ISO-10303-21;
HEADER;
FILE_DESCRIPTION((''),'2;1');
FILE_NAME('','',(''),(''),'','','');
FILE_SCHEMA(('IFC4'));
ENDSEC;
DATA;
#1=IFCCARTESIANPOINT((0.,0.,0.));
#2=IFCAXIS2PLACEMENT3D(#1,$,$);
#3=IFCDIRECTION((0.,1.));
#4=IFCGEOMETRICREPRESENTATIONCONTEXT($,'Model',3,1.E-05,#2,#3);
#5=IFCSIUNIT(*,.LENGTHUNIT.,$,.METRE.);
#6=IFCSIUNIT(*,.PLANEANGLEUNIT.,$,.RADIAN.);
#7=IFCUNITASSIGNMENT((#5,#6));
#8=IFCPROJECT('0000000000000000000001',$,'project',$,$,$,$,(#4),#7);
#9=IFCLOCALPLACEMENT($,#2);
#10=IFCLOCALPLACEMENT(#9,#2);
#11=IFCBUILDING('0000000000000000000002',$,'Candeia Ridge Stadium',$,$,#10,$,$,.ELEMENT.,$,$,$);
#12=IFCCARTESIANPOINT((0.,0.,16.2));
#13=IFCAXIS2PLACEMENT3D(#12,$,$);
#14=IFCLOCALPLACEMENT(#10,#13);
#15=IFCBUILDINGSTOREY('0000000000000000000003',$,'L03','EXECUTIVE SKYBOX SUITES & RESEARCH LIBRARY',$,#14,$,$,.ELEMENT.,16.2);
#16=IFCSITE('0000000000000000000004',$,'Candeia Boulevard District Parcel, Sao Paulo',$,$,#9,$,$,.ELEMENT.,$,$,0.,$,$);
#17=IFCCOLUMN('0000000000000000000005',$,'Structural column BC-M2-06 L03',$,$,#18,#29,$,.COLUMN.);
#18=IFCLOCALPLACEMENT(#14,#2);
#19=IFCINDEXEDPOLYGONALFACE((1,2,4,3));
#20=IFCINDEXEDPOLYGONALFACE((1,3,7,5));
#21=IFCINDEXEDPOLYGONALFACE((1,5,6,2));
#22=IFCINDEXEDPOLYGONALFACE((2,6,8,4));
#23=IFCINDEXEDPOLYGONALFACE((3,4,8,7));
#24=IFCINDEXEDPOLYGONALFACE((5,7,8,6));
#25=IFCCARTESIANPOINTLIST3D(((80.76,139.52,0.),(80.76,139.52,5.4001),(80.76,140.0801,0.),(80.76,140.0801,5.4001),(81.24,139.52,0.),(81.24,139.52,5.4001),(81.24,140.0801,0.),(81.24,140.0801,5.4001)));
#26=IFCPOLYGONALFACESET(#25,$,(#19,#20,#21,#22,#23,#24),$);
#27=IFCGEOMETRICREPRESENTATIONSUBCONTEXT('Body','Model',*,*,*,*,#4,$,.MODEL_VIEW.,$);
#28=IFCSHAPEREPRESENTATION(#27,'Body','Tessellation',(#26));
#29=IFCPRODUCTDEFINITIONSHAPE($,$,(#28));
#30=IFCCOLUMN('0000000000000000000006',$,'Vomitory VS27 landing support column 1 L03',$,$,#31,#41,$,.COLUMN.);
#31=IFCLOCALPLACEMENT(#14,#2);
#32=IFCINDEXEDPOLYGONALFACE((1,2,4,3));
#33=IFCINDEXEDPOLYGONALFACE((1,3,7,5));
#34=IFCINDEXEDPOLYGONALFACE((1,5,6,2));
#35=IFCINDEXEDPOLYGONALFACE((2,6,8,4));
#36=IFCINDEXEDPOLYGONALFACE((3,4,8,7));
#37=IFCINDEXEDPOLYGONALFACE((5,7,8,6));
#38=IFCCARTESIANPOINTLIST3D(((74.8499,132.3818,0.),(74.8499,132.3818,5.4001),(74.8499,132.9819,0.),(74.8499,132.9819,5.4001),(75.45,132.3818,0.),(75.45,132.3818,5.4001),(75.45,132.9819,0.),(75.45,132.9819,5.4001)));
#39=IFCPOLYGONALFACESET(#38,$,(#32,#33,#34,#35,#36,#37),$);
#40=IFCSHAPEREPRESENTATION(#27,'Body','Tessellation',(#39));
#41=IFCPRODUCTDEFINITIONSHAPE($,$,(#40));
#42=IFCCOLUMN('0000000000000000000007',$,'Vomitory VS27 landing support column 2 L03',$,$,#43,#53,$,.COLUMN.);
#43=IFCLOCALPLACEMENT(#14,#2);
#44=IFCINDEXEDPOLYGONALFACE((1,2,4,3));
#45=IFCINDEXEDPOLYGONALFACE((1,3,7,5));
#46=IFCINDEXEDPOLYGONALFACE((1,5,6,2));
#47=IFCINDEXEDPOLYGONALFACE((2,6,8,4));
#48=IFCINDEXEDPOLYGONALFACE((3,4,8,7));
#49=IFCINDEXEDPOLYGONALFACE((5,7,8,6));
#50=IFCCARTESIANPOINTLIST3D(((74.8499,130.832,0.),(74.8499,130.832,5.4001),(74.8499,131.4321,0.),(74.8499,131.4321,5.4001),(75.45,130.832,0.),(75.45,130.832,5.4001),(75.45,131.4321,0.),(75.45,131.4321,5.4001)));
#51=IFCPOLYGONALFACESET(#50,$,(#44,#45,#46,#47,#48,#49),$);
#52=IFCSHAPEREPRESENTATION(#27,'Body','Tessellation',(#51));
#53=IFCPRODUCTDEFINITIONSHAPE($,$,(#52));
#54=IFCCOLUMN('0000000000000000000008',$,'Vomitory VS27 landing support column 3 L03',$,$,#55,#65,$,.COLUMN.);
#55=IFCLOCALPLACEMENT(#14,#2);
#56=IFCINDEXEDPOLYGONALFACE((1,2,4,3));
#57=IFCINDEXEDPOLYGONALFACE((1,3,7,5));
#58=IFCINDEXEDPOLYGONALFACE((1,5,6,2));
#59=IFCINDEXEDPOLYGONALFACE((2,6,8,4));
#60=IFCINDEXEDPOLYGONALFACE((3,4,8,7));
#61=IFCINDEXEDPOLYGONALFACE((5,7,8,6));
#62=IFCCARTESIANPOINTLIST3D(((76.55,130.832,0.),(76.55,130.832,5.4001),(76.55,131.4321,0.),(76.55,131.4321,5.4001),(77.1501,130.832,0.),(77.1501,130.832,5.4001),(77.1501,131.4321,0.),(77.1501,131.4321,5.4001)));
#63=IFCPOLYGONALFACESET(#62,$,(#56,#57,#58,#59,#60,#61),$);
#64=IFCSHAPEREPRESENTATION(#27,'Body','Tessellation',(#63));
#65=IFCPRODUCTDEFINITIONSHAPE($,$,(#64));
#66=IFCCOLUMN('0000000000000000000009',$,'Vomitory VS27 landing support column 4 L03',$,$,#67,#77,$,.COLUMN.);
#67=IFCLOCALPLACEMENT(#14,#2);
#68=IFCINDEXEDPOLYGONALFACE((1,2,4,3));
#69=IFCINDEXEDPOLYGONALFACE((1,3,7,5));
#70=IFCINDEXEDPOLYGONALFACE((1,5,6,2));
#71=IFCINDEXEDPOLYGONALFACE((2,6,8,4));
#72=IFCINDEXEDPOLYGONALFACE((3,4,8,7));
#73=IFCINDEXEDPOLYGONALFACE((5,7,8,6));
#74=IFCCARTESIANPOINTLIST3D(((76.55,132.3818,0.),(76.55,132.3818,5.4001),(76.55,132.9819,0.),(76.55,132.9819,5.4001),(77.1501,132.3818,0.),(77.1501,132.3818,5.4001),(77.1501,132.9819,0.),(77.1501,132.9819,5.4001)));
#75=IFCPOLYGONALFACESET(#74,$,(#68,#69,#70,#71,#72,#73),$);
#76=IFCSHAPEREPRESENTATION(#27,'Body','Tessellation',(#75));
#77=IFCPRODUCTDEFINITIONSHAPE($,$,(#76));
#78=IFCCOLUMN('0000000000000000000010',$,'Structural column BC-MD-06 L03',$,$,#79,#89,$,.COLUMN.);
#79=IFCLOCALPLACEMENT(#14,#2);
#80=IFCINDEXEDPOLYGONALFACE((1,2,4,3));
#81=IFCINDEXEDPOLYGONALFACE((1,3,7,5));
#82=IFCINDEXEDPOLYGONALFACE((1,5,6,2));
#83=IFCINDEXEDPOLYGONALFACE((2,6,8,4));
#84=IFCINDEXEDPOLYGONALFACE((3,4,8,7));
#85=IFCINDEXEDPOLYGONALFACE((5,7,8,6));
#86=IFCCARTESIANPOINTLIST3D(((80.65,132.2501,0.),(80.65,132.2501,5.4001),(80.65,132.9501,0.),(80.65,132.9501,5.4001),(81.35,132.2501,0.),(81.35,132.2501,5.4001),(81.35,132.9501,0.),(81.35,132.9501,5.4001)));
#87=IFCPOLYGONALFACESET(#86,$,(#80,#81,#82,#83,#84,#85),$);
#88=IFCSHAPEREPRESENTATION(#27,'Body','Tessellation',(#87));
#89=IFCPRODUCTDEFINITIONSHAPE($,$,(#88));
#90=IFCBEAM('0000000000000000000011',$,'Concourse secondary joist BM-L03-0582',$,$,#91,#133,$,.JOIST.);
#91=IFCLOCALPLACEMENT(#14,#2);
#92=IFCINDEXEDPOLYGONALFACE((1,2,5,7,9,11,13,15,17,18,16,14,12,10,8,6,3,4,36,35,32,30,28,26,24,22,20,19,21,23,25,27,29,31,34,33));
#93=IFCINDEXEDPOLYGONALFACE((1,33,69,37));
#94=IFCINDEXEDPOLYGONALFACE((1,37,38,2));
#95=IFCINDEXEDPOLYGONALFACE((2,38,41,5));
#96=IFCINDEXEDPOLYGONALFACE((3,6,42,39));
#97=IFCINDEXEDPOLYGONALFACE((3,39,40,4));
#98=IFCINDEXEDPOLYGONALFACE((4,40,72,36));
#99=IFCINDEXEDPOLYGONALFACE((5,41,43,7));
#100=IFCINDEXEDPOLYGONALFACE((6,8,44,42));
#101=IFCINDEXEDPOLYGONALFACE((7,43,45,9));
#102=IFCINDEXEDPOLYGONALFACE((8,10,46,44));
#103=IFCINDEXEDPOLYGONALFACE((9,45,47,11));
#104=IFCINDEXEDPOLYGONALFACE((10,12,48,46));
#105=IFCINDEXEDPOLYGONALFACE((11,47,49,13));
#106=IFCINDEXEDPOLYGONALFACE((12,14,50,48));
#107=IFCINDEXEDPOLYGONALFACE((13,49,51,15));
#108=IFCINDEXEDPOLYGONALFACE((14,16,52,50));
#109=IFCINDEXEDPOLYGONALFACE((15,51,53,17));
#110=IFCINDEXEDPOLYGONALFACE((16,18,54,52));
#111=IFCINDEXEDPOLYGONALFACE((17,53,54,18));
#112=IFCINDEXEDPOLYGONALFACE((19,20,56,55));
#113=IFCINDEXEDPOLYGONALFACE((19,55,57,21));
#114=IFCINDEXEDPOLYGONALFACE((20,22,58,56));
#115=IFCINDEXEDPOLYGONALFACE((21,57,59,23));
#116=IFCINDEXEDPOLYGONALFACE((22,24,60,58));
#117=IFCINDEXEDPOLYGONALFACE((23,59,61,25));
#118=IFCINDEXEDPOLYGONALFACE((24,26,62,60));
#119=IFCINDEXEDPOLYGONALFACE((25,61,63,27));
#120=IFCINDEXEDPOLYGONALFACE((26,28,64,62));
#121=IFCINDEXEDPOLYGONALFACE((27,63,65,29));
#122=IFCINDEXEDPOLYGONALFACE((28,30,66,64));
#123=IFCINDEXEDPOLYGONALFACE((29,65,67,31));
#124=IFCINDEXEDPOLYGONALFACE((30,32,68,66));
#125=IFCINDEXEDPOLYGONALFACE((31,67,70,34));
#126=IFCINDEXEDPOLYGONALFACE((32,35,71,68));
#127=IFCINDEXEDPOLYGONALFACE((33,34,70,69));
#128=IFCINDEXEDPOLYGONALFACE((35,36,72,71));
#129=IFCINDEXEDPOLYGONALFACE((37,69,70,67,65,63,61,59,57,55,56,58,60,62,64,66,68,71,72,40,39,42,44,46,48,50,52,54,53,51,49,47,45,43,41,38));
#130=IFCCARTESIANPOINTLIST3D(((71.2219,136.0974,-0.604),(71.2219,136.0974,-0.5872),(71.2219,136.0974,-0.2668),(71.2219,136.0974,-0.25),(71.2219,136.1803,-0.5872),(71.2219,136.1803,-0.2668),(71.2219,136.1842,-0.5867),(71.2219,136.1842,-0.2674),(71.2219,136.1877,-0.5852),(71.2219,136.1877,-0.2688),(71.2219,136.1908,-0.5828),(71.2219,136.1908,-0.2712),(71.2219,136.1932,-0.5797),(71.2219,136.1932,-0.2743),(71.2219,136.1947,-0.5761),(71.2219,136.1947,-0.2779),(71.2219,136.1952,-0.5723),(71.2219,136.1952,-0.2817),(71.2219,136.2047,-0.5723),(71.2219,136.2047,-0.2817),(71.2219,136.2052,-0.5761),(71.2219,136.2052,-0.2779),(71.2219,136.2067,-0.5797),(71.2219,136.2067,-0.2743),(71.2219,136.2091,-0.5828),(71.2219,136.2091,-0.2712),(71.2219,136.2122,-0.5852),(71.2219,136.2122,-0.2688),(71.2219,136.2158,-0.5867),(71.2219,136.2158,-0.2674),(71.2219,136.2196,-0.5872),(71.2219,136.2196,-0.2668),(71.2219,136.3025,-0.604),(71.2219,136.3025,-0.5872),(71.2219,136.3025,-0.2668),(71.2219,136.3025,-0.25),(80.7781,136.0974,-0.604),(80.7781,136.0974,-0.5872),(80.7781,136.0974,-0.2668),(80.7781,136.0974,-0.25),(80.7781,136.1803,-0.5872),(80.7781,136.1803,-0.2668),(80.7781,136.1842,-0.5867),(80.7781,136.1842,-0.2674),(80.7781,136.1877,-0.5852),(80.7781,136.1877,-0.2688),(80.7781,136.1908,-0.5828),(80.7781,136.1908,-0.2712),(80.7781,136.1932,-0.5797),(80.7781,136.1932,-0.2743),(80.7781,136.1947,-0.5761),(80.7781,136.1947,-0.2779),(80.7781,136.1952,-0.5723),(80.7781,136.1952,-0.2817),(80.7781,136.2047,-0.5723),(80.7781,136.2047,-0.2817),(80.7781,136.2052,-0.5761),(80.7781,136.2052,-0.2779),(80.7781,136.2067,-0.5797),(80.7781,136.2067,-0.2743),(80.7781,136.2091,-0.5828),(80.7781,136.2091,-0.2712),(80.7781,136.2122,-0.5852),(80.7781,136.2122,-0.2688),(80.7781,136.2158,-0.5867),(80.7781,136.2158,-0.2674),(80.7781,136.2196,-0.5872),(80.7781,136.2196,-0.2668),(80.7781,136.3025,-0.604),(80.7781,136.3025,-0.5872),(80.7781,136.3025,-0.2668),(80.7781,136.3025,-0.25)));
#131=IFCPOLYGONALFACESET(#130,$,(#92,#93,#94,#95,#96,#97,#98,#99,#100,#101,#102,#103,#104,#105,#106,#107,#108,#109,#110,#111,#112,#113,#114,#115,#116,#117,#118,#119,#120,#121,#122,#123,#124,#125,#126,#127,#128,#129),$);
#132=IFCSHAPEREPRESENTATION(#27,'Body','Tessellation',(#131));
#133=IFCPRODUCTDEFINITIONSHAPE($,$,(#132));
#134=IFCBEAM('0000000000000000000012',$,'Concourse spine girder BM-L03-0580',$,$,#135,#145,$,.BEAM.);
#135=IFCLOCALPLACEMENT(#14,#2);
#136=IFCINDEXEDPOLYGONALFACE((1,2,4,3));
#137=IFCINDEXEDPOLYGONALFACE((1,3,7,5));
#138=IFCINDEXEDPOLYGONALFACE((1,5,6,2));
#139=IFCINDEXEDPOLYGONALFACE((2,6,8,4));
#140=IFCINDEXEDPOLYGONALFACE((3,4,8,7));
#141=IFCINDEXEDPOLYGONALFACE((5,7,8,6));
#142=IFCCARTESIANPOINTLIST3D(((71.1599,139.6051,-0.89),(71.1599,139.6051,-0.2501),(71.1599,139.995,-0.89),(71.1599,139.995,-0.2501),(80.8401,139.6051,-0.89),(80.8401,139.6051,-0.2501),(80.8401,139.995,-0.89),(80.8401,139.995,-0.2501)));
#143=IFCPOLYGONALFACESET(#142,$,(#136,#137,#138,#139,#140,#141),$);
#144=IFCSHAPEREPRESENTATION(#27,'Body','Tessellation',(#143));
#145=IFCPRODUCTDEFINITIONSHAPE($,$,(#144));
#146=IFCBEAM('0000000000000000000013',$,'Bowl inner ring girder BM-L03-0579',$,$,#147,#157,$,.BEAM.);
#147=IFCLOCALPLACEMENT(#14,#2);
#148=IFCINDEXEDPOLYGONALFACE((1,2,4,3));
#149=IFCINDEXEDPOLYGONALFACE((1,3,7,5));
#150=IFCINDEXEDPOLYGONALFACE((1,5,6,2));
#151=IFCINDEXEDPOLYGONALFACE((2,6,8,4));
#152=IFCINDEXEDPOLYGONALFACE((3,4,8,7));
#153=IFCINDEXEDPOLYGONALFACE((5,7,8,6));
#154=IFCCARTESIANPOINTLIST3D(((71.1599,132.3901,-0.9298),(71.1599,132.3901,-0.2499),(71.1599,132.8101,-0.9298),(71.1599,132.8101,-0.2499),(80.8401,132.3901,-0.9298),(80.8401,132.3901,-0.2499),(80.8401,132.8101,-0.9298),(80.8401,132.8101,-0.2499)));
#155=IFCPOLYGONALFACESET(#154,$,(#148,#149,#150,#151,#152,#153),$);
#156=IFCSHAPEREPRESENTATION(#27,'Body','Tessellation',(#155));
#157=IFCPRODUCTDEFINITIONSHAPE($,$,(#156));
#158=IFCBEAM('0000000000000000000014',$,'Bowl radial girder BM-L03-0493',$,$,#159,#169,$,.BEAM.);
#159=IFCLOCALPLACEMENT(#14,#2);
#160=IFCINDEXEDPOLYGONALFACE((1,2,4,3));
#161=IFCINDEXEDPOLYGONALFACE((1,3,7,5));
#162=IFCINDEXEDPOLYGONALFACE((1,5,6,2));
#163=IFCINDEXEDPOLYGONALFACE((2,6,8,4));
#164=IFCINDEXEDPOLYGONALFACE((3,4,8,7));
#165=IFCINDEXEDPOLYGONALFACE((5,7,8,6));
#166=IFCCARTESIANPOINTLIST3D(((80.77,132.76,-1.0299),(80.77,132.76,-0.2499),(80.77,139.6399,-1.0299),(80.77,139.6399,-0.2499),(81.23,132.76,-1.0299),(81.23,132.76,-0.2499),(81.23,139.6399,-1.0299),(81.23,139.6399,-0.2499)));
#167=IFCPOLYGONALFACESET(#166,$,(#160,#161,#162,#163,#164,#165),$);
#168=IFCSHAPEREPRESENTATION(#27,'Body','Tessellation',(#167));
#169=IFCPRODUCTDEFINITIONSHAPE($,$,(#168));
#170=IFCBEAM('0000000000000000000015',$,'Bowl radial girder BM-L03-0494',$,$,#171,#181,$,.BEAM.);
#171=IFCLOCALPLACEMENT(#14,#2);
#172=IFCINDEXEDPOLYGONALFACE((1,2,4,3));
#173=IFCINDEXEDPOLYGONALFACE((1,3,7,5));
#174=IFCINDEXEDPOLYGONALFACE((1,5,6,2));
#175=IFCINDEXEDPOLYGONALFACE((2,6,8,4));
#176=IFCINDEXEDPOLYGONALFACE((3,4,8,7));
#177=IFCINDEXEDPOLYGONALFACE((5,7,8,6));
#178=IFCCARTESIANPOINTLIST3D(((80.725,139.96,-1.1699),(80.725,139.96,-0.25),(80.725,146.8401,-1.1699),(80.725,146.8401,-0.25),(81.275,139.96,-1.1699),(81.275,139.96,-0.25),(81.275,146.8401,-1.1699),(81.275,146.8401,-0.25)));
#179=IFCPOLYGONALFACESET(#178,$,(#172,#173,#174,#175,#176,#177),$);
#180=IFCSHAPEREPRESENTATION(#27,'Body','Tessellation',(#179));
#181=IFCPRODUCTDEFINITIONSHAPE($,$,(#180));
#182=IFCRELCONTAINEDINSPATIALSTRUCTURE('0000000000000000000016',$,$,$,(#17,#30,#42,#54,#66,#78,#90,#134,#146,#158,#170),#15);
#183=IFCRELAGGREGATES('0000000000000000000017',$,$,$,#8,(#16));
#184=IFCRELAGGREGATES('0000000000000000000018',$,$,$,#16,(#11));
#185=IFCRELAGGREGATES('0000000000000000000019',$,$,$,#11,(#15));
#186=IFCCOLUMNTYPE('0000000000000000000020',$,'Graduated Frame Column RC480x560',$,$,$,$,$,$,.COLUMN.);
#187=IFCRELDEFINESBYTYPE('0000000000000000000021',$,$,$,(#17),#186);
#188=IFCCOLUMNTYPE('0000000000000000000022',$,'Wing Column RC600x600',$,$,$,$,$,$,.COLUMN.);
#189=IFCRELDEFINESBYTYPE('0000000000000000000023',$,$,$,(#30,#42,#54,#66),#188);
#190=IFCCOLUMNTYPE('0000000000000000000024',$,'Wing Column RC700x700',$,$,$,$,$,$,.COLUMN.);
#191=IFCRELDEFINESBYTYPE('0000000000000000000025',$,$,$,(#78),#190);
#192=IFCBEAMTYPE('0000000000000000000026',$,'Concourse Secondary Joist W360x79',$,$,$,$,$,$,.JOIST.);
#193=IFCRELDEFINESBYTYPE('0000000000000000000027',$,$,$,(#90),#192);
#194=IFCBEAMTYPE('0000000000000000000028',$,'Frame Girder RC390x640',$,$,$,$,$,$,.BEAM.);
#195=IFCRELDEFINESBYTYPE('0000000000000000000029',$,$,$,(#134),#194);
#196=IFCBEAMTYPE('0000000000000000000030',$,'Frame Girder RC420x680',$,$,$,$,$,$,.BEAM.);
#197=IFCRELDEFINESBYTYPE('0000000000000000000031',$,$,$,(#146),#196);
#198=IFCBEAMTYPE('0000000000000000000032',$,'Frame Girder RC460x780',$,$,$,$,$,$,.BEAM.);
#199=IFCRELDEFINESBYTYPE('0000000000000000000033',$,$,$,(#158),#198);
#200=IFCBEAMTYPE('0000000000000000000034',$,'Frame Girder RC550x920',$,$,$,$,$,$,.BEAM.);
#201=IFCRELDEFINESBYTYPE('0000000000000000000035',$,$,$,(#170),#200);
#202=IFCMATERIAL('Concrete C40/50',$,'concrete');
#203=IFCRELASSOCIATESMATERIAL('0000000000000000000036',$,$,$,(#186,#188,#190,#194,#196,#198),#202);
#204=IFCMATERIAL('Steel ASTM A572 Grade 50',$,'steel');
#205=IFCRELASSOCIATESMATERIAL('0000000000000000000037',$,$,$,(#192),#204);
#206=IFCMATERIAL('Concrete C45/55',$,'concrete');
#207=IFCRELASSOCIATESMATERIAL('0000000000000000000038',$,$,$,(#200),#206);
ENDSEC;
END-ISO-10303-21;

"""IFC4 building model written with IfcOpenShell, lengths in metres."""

from ifc_helpers import new_model, si_unit, direction, frame, origin, origin_2d, place, context, subcontext, project, spatial, rectangle, i_section, extrude, material, material_profile, profile_set, type_object, element, save


model = new_model("IFC4")

# Units and contexts
model_context = context("Model", 3, precision=1e-05, world=origin(), true_north=direction((0.0, 1.0)))
body_context = subcontext(model_context, "Body", "Model", "MODEL_VIEW")
ifc_project = project(units=[si_unit("LENGTHUNIT", "METRE"), si_unit("PLANEANGLEUNIT", "RADIAN")], contexts=[model_context])

# Site, building, storey
site_placement = place(None, origin())
site = spatial("IfcSite", under=ifc_project, at=site_placement, Name="Candeia Boulevard District Parcel, Sao Paulo", CompositionType="ELEMENT", RefElevation=0.0)
building_placement = place(site_placement, origin())
building = spatial("IfcBuilding", under=site, at=building_placement, Name="Candeia Ridge Stadium", CompositionType="ELEMENT")
storey_placement = place(building_placement, frame((0.0, 0.0, 16.2)))
storey = spatial("IfcBuildingStorey", under=building, at=storey_placement, Name="L03", Description="EXECUTIVE SKYBOX SUITES & RESEARCH LIBRARY", CompositionType="ELEMENT", Elevation=16.2)

# Columns
ifc_material_1 = material(Name="Concrete C40/50", Category="concrete")
ifc_material_profile_1 = material_profile(ifc_material_1, rectangle(XDim=0.48, YDim=0.5601, at=origin_2d()), Name="RC480x560", Category="concrete")
ifc_profile_set_1 = profile_set([ifc_material_profile_1], Name="Concrete C40/50")
column_type_1 = type_object("IfcColumnType", Name="Graduated Frame Column RC480x560", PredefinedType="COLUMN", material=ifc_profile_set_1)
column_1_placement = place(storey_placement, frame((81.0, 139.8, 0.0), z_axis=(0.0, 0.0, 1.0), x_axis=(1.0, 0.0, 0.0)))
element("IfcColumn", 1, at=column_1_placement, inside=storey, type_object=column_type_1, Name="Structural column BC-M2-06 L03", PredefinedType="COLUMN", context=body_context, shape_type="SweptSolid", body=[
    extrude(rectangle(XDim=0.48, YDim=0.5601, at=origin_2d()), origin(), (0.0, 0.0, 1.0), 5.4001),
])
ifc_material_profile_2 = material_profile(ifc_material_1, rectangle(XDim=0.6001, YDim=0.6001, at=origin_2d()), Name="RC600x600", Category="concrete")
ifc_profile_set_2 = profile_set([ifc_material_profile_2], Name="Concrete C40/50")
column_type_2 = type_object("IfcColumnType", Name="Wing Column RC600x600", PredefinedType="COLUMN", material=ifc_profile_set_2)
for number, where, z_axis, x_axis, name in (
    (2, (75.1499, 132.6819, 0.0), (0.0, 0.0, 1.0), (1.0, 0.0, 0.0), "Vomitory VS27 landing support column 1 L03"),
    (3, (75.1499, 131.1321, 0.0), (0.0, 0.0, 1.0), (1.0, 0.0, 0.0), "Vomitory VS27 landing support column 2 L03"),
    (4, (76.8501, 131.1321, 0.0), (0.0, 0.0, 1.0), (1.0, 0.0, 0.0), "Vomitory VS27 landing support column 3 L03"),
    (5, (76.8501, 132.6819, 0.0), (0.0, 0.0, 1.0), (1.0, 0.0, 0.0), "Vomitory VS27 landing support column 4 L03"),
):
    element("IfcColumn", number, at=place(storey_placement, frame(where, z_axis=z_axis, x_axis=x_axis)), inside=storey, type_object=column_type_2, Name=name, PredefinedType="COLUMN", context=body_context, shape_type="SweptSolid", body=[
        extrude(rectangle(XDim=0.6001, YDim=0.6001, at=origin_2d()), origin(), (0.0, 0.0, 1.0), 5.4001),
    ])
ifc_material_profile_3 = material_profile(ifc_material_1, rectangle(XDim=0.7, YDim=0.7, at=origin_2d()), Name="RC700x700", Category="concrete")
ifc_profile_set_3 = profile_set([ifc_material_profile_3], Name="Concrete C40/50")
column_type_3 = type_object("IfcColumnType", Name="Wing Column RC700x700", PredefinedType="COLUMN", material=ifc_profile_set_3)
column_2_placement = place(storey_placement, frame((81.0, 132.6001, 0.0), z_axis=(0.0, 0.0, 1.0), x_axis=(1.0, 0.0, 0.0)))
element("IfcColumn", 6, at=column_2_placement, inside=storey, type_object=column_type_3, Name="Structural column BC-MD-06 L03", PredefinedType="COLUMN", context=body_context, shape_type="SweptSolid", body=[
    extrude(rectangle(XDim=0.7, YDim=0.7, at=origin_2d()), origin(), (0.0, 0.0, 1.0), 5.4001),
])

# Beams
ifc_material_2 = material(Name="Steel ASTM A572 Grade 50", Category="steel")
ifc_material_profile_4 = material_profile(ifc_material_2, i_section(OverallWidth=0.2051, OverallDepth=0.354, WebThickness=0.0095, FlangeThickness=0.0168, FilletRadius=0.0149, at=origin_2d()), Name="W360x79", Category="steel")
ifc_profile_set_4 = profile_set([ifc_material_profile_4], Name="Steel ASTM A572 Grade 50")
beam_type_1 = type_object("IfcBeamType", Name="Concourse Secondary Joist W360x79", PredefinedType="JOIST", material=ifc_profile_set_4)
beam_1_placement = place(storey_placement, frame((80.7781, 136.2, -0.427), z_axis=(-1.0, 0.0, 0.0), x_axis=(0.0, -1.0, 0.0)))
element("IfcBeam", 7, at=beam_1_placement, inside=storey, type_object=beam_type_1, Name="Concourse secondary joist BM-L03-0582", PredefinedType="JOIST", context=body_context, shape_type="SweptSolid", body=[
    extrude(i_section(OverallWidth=0.2051, OverallDepth=0.354, WebThickness=0.0095, FlangeThickness=0.0168, FilletRadius=0.0149, at=origin_2d()), origin(), (0.0, 0.0, 1.0), 9.5562),
])
ifc_material_profile_5 = material_profile(ifc_material_1, rectangle(XDim=0.3899, YDim=0.6399, at=origin_2d()), Name="RC390x640", Category="concrete")
ifc_profile_set_5 = profile_set([ifc_material_profile_5], Name="Concrete C40/50")
beam_type_2 = type_object("IfcBeamType", Name="Frame Girder RC390x640", PredefinedType="BEAM", material=ifc_profile_set_5)
beam_2_placement = place(storey_placement, frame((80.8401, 139.8, -0.5701), z_axis=(-1.0, 0.0, 0.0), x_axis=(0.0, -1.0, 0.0)))
element("IfcBeam", 8, at=beam_2_placement, inside=storey, type_object=beam_type_2, Name="Concourse spine girder BM-L03-0580", PredefinedType="BEAM", context=body_context, shape_type="SweptSolid", body=[
    extrude(rectangle(XDim=0.3899, YDim=0.6399, at=origin_2d()), origin(), (0.0, 0.0, 1.0), 9.6802),
])
ifc_material_profile_6 = material_profile(ifc_material_1, rectangle(XDim=0.4199, YDim=0.6799, at=origin_2d()), Name="RC420x680", Category="concrete")
ifc_profile_set_6 = profile_set([ifc_material_profile_6], Name="Concrete C40/50")
beam_type_3 = type_object("IfcBeamType", Name="Frame Girder RC420x680", PredefinedType="BEAM", material=ifc_profile_set_6)
beam_3_placement = place(storey_placement, frame((80.8401, 132.6001, -0.5898), z_axis=(-1.0, 0.0, 0.0), x_axis=(0.0, -1.0, 0.0)))
element("IfcBeam", 9, at=beam_3_placement, inside=storey, type_object=beam_type_3, Name="Bowl inner ring girder BM-L03-0579", PredefinedType="BEAM", context=body_context, shape_type="SweptSolid", body=[
    extrude(rectangle(XDim=0.4199, YDim=0.6799, at=origin_2d()), origin(), (0.0, 0.0, 1.0), 9.6802),
])
ifc_material_profile_7 = material_profile(ifc_material_1, rectangle(XDim=0.46, YDim=0.78, at=origin_2d()), Name="RC460x780", Category="concrete")
ifc_profile_set_7 = profile_set([ifc_material_profile_7], Name="Concrete C40/50")
beam_type_4 = type_object("IfcBeamType", Name="Frame Girder RC460x780", PredefinedType="BEAM", material=ifc_profile_set_7)
beam_4_placement = place(storey_placement, frame((81.0, 132.76, -0.6399), z_axis=(0.0, 1.0, 0.0), x_axis=(-1.0, 0.0, 0.0)))
element("IfcBeam", 10, at=beam_4_placement, inside=storey, type_object=beam_type_4, Name="Bowl radial girder BM-L03-0493", PredefinedType="BEAM", context=body_context, shape_type="SweptSolid", body=[
    extrude(rectangle(XDim=0.46, YDim=0.78, at=origin_2d()), origin(), (0.0, 0.0, 1.0), 6.8799),
])
ifc_material_3 = material(Name="Concrete C45/55", Category="concrete")
ifc_material_profile_8 = material_profile(ifc_material_3, rectangle(XDim=0.55, YDim=0.9199, at=origin_2d()), Name="RC550x920", Category="concrete")
ifc_profile_set_8 = profile_set([ifc_material_profile_8], Name="Concrete C45/55")
beam_type_5 = type_object("IfcBeamType", Name="Frame Girder RC550x920", PredefinedType="BEAM", material=ifc_profile_set_8)
beam_5_placement = place(storey_placement, frame((81.0, 139.96, -0.71), z_axis=(0.0, 1.0, 0.0), x_axis=(-1.0, 0.0, 0.0)))
element("IfcBeam", 11, at=beam_5_placement, inside=storey, type_object=beam_type_5, Name="Bowl radial girder BM-L03-0494", PredefinedType="BEAM", context=body_context, shape_type="SweptSolid", body=[
    extrude(rectangle(XDim=0.55, YDim=0.9199, at=origin_2d()), origin(), (0.0, 0.0, 1.0), 6.8801),
])

save(model, "model.ifc")
